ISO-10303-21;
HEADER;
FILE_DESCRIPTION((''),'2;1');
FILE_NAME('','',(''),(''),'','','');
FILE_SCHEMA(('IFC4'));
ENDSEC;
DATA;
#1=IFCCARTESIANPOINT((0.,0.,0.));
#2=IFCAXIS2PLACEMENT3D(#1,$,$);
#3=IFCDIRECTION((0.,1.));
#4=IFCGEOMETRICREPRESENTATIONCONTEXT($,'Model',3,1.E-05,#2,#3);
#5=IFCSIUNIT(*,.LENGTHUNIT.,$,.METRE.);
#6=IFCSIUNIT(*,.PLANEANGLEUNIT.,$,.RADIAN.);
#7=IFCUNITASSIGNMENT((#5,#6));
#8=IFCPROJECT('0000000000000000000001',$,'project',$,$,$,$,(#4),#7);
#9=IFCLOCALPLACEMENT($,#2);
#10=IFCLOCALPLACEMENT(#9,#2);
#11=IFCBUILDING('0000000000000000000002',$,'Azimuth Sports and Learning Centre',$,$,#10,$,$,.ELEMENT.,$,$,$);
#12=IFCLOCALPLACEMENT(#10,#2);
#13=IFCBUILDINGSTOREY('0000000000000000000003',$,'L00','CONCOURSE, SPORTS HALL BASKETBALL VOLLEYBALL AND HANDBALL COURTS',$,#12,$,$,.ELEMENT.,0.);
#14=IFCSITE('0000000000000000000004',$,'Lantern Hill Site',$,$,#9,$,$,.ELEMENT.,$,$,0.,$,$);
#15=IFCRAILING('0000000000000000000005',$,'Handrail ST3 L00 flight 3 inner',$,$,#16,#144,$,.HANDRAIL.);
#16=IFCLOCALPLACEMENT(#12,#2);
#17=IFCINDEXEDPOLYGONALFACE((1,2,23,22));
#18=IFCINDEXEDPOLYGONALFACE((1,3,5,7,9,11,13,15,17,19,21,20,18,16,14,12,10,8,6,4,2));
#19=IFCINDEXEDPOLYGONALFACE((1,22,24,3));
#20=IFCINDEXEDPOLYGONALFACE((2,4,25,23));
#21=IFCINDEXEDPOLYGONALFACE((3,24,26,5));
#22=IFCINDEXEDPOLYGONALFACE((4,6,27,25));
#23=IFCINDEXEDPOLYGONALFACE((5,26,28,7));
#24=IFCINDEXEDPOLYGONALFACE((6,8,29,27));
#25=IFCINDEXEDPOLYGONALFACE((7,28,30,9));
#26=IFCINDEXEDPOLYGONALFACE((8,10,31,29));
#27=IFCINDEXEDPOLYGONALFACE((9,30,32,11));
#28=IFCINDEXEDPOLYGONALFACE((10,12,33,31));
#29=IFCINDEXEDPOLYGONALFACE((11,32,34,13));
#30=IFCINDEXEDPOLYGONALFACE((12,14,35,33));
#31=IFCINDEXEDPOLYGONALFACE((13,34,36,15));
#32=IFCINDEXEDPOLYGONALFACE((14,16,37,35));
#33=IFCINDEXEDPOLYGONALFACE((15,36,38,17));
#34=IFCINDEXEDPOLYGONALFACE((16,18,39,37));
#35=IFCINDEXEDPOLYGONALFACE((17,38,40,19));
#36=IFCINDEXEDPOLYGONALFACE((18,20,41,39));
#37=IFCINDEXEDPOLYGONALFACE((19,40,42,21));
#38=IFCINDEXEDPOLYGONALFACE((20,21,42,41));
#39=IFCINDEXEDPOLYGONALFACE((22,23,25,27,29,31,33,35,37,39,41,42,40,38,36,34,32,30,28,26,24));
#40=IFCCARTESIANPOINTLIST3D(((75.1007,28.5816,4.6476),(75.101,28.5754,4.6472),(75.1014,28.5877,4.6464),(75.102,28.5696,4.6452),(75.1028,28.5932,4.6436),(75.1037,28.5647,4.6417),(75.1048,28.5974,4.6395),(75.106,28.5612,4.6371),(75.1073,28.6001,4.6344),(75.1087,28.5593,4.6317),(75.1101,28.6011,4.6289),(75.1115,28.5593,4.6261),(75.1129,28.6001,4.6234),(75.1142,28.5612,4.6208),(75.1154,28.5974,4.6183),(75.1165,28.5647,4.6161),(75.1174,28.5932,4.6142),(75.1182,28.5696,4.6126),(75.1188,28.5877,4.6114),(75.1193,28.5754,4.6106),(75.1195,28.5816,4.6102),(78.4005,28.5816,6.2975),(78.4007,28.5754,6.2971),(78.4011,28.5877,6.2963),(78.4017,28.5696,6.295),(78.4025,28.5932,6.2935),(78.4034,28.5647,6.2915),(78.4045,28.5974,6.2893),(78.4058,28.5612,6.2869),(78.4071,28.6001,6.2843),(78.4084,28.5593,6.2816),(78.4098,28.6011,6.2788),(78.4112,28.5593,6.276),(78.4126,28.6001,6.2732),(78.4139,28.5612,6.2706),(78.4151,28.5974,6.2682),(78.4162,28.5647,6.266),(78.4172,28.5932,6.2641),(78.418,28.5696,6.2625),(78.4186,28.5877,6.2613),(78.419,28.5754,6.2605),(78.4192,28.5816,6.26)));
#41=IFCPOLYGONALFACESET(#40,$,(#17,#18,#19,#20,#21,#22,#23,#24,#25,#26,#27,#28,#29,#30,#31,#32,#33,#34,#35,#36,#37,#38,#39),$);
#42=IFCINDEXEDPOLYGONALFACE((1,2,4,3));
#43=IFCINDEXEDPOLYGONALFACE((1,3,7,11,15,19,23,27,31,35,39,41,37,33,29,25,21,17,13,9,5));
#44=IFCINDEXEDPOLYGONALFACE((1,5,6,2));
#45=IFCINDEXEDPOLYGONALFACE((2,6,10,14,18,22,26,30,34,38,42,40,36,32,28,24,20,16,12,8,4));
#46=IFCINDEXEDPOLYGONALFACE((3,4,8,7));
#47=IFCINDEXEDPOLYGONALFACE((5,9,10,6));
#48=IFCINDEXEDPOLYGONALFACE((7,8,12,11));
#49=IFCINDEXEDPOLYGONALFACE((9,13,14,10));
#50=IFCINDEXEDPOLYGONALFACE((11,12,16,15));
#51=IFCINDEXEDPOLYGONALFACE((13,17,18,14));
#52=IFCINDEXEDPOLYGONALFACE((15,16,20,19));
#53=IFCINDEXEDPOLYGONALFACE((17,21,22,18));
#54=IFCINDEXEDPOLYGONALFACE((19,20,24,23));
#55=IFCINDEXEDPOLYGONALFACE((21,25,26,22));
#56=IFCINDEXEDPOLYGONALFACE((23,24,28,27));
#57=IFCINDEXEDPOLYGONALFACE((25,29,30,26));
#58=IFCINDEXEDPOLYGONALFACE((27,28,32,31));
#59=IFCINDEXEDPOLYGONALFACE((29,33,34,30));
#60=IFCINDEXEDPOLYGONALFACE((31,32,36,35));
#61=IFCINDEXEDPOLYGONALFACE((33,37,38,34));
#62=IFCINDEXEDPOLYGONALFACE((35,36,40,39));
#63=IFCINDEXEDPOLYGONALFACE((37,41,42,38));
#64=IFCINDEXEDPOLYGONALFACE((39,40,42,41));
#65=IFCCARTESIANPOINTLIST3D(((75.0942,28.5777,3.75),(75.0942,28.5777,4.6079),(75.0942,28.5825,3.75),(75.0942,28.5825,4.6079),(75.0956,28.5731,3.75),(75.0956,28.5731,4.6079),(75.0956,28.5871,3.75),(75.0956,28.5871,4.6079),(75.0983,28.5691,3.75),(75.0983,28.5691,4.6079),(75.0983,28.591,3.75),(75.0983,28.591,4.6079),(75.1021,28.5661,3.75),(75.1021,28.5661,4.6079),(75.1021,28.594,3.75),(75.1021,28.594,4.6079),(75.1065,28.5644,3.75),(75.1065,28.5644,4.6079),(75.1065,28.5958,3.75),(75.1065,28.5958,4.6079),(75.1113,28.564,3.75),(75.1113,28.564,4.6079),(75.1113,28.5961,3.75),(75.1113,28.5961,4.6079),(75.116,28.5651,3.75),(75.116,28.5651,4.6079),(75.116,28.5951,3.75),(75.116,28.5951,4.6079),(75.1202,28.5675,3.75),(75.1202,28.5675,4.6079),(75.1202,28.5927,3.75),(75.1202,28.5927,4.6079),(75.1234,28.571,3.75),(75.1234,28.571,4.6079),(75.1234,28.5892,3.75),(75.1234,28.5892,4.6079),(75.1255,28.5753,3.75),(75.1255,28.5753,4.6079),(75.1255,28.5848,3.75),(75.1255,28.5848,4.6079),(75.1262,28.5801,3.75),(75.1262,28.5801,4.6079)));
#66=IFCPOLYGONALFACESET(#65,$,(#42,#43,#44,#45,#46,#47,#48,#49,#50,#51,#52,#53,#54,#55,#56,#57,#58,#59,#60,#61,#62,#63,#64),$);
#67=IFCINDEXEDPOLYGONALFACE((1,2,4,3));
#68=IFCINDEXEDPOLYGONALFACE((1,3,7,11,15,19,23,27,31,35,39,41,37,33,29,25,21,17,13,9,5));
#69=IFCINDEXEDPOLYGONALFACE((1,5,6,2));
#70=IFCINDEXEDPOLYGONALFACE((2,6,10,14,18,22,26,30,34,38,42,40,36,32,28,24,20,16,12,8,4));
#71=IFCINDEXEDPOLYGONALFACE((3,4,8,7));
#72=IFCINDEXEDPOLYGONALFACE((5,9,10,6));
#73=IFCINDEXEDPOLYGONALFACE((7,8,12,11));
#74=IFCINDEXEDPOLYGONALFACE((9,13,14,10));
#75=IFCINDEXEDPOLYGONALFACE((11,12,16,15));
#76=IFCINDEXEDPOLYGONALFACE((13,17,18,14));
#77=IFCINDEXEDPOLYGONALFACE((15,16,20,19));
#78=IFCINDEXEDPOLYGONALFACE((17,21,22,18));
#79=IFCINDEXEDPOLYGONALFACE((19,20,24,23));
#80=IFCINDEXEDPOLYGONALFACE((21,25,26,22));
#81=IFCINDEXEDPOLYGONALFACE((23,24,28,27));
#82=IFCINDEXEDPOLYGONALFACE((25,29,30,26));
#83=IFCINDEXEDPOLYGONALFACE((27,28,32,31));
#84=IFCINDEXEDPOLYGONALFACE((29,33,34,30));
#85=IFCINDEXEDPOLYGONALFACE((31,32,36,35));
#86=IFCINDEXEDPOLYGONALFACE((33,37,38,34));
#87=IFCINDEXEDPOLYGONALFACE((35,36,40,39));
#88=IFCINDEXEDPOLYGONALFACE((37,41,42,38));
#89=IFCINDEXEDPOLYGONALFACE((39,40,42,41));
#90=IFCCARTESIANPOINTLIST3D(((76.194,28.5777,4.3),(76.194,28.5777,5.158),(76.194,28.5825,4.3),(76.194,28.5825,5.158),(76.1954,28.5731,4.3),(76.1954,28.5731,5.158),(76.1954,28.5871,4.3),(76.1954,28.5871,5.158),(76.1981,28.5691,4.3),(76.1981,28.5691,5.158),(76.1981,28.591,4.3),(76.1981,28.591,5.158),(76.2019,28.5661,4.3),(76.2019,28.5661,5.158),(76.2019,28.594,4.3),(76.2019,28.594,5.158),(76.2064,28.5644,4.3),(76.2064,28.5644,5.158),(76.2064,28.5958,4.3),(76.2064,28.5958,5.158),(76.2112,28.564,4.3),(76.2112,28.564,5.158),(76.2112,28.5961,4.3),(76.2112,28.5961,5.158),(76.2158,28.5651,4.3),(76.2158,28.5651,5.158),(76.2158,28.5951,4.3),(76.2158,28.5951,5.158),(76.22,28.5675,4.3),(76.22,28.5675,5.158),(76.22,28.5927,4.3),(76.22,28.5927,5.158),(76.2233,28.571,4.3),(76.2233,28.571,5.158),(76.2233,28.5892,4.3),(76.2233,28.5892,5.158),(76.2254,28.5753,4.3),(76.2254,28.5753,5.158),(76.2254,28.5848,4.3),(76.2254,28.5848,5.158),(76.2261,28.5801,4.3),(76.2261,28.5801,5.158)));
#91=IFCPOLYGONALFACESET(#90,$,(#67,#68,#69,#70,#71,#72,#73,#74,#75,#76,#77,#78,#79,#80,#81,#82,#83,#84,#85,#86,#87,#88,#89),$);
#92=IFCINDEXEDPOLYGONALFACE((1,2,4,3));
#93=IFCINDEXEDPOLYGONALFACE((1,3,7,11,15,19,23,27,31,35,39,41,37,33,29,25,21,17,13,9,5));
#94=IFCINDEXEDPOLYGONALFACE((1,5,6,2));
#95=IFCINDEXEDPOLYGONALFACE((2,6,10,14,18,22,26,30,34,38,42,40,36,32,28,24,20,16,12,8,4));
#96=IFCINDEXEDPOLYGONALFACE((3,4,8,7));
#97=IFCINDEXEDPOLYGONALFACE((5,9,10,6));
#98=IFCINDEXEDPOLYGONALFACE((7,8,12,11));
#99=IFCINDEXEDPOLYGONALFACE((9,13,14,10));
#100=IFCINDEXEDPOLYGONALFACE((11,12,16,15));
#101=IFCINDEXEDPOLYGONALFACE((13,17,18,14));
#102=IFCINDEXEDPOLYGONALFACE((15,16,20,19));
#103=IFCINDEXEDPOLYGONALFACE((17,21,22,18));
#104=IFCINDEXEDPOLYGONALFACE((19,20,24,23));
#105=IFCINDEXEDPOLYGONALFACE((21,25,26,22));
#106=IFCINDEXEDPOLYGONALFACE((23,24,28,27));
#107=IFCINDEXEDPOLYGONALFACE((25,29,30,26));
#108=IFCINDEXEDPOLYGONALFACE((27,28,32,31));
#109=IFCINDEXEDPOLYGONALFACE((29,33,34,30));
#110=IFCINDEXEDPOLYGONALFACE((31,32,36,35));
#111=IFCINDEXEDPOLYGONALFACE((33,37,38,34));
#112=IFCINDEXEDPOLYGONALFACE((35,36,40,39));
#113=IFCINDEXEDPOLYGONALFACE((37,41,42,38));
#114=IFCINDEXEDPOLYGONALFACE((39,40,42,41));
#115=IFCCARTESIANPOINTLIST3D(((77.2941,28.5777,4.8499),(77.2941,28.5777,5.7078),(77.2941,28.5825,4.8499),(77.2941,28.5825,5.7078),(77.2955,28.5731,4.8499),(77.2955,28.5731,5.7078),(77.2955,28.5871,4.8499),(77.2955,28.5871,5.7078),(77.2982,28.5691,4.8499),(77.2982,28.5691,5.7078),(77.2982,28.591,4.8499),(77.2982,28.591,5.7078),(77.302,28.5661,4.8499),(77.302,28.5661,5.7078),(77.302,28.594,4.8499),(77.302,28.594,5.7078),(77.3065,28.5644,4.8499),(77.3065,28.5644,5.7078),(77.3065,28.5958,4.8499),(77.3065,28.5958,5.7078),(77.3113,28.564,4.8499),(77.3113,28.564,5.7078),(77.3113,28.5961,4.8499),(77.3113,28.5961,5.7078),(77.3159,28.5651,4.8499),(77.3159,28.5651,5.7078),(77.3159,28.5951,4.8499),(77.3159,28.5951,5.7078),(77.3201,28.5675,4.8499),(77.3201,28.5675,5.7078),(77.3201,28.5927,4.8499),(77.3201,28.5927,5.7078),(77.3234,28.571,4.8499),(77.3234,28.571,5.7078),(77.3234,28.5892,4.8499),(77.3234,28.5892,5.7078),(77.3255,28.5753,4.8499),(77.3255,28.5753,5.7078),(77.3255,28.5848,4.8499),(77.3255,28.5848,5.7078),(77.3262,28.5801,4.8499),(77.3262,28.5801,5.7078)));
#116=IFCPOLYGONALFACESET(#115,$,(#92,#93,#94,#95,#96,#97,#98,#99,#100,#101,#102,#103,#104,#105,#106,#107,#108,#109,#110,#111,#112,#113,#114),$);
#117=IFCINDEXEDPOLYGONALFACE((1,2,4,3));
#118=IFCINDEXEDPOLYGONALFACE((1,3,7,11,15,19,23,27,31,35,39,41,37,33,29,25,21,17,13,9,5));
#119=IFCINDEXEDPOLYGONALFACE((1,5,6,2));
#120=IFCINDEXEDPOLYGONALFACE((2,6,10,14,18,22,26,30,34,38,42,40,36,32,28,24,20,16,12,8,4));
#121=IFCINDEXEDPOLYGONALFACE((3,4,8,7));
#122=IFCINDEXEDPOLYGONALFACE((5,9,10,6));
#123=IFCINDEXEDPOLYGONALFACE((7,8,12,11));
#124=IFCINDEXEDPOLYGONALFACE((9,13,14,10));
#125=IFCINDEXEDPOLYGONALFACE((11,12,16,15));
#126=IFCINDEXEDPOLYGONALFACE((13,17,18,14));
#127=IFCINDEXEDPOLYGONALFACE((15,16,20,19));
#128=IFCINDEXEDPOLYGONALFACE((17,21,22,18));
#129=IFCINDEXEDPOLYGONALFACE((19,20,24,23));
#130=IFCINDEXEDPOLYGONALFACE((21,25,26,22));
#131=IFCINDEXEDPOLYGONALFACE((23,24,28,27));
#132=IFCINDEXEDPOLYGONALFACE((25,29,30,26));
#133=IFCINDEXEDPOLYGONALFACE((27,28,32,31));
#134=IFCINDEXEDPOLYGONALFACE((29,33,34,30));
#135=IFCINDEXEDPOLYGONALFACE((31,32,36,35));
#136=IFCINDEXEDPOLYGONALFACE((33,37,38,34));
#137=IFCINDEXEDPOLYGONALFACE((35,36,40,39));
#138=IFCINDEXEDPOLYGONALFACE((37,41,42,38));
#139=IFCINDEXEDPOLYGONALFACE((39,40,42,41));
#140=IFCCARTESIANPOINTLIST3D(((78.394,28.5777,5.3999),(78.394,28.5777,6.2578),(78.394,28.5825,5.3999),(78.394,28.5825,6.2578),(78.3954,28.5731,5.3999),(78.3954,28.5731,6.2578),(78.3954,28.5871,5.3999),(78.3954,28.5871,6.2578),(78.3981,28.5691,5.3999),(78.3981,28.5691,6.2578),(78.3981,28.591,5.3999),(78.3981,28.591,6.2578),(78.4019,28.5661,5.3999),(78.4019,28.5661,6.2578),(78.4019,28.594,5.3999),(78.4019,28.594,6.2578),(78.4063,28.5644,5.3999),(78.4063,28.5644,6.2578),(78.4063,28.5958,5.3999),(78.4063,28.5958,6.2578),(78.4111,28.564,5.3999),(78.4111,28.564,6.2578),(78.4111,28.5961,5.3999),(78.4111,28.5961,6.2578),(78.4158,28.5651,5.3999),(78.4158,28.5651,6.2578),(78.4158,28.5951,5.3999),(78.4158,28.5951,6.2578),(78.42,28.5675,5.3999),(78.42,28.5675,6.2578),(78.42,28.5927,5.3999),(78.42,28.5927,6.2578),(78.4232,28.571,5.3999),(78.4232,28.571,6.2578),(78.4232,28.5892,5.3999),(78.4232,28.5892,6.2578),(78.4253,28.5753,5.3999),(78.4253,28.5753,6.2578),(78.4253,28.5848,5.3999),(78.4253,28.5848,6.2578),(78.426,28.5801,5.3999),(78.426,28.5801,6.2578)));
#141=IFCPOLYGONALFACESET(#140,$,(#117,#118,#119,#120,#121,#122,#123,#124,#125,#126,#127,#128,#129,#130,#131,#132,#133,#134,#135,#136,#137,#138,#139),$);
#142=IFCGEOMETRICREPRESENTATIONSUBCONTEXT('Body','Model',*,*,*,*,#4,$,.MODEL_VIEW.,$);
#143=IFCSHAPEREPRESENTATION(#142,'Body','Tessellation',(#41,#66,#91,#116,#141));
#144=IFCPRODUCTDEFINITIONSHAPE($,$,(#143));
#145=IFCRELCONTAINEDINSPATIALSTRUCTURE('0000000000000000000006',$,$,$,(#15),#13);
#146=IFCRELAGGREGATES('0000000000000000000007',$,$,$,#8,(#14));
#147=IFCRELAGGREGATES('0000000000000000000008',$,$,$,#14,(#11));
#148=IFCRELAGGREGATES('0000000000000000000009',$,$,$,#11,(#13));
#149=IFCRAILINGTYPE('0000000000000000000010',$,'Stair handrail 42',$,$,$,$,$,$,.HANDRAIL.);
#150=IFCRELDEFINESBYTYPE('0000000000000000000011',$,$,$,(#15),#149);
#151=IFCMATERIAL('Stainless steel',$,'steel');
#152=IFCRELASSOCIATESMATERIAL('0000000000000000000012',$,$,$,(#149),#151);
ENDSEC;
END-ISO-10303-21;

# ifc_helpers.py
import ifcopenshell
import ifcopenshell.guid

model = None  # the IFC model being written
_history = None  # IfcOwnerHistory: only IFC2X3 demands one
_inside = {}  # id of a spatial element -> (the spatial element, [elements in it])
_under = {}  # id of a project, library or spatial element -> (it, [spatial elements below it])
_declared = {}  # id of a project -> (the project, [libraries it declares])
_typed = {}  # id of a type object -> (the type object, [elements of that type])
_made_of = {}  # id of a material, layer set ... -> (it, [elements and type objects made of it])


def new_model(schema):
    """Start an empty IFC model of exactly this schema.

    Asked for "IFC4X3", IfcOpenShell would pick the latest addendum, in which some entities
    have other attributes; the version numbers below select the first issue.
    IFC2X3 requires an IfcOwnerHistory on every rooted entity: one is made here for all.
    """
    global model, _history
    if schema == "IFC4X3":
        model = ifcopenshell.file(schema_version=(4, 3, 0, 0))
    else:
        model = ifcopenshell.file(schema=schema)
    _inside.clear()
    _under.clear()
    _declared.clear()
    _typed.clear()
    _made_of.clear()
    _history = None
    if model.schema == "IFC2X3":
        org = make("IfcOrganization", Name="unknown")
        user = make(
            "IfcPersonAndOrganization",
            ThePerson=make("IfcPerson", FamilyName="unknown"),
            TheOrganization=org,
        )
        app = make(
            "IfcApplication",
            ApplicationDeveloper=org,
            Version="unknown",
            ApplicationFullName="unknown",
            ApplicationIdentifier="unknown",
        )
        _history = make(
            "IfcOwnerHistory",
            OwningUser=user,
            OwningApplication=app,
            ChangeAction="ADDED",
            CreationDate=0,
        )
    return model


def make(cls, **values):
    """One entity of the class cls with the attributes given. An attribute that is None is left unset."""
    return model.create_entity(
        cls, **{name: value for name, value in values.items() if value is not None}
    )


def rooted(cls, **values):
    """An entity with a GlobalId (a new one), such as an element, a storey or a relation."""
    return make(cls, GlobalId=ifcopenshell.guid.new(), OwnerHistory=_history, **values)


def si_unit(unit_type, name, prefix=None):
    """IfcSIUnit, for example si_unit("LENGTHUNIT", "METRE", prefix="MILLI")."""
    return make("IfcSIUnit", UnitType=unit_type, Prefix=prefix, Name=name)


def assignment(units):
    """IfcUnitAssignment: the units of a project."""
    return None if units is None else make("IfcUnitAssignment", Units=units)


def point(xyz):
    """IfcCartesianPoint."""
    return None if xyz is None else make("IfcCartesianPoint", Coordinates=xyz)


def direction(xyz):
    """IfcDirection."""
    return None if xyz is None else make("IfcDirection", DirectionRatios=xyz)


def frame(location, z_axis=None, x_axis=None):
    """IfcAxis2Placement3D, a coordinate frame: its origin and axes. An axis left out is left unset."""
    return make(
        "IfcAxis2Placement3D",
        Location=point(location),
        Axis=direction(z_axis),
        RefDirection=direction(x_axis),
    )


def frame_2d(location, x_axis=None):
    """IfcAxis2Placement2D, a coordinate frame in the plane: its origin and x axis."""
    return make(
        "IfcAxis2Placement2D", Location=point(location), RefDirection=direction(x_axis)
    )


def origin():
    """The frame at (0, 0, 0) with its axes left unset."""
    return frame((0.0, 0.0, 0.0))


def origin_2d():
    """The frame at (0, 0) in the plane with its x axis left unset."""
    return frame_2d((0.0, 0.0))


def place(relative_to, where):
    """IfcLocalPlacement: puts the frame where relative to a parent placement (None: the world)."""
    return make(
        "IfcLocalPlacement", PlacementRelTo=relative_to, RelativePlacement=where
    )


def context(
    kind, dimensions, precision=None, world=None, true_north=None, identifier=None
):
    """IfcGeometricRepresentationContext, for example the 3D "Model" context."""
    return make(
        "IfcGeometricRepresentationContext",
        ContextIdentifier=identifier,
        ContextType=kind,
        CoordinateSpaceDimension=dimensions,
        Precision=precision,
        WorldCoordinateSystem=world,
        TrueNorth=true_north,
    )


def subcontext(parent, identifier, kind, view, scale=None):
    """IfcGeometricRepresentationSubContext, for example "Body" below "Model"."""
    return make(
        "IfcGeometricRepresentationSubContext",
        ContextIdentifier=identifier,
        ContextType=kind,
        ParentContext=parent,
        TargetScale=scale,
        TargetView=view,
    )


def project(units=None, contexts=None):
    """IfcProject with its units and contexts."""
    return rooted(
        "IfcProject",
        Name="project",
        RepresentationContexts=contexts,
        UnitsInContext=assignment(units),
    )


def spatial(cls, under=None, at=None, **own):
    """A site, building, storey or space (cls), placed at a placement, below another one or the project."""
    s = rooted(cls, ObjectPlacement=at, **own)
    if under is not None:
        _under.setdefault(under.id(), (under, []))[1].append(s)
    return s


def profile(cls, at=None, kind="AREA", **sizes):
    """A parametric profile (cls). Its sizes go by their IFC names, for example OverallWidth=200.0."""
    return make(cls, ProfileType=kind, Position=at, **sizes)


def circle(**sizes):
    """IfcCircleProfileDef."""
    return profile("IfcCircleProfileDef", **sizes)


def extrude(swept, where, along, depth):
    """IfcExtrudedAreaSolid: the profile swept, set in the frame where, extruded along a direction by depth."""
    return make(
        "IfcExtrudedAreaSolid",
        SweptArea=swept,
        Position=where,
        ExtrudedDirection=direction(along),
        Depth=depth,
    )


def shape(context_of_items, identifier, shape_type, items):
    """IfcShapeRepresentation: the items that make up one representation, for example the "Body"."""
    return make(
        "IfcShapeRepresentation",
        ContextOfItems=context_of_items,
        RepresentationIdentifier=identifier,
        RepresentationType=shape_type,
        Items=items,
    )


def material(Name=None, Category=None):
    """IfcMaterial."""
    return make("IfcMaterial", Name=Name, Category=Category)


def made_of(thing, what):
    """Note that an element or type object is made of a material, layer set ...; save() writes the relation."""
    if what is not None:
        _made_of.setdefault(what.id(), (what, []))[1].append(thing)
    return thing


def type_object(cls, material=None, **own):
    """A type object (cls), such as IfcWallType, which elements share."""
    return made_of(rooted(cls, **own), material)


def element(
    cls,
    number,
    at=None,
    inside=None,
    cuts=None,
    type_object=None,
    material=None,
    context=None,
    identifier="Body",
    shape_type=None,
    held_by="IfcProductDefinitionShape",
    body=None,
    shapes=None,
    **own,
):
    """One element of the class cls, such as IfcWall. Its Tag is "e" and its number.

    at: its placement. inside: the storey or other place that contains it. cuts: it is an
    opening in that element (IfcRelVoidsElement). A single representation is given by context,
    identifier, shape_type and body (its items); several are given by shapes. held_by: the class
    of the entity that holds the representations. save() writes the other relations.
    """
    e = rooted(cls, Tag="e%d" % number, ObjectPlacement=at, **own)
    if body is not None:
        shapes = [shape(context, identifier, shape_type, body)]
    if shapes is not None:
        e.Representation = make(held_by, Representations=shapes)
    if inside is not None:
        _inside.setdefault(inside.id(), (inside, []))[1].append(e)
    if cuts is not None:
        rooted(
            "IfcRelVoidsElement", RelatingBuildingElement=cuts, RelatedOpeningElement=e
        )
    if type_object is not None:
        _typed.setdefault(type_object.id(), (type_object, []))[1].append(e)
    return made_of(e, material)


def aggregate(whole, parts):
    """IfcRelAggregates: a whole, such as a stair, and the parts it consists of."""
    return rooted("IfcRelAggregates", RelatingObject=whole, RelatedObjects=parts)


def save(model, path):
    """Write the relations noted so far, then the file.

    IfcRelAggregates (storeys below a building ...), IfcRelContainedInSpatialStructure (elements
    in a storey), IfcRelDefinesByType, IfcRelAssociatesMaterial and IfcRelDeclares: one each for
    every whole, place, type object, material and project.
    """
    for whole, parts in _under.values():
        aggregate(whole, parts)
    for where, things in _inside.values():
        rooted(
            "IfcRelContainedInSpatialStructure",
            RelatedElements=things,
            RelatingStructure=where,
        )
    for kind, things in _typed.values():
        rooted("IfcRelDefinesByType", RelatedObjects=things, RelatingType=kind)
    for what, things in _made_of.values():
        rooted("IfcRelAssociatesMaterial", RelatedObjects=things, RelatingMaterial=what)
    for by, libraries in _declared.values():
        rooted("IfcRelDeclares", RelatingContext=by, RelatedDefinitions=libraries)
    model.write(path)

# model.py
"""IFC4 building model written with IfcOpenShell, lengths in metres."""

from ifc_helpers import new_model, si_unit, direction, frame, origin, origin_2d, place, context, subcontext, project, spatial, circle, extrude, material, type_object, element, save


model = new_model("IFC4")

# Units and contexts
model_context = context("Model", 3, precision=1e-05, world=origin(), true_north=direction((0.0, 1.0)))
body_context = subcontext(model_context, "Body", "Model", "MODEL_VIEW")
ifc_project = project(units=[si_unit("LENGTHUNIT", "METRE"), si_unit("PLANEANGLEUNIT", "RADIAN")], contexts=[model_context])

# Site, building, storey
site_placement = place(None, origin())
site = spatial("IfcSite", under=ifc_project, at=site_placement, Name="Lantern Hill Site", CompositionType="ELEMENT", RefElevation=0.0)
building_placement = place(site_placement, origin())
building = spatial("IfcBuilding", under=site, at=building_placement, Name="Azimuth Sports and Learning Centre", CompositionType="ELEMENT")
storey_placement = place(building_placement, origin())
storey = spatial("IfcBuildingStorey", under=building, at=storey_placement, Name="L00", Description="CONCOURSE, SPORTS HALL BASKETBALL VOLLEYBALL AND HANDBALL COURTS", CompositionType="ELEMENT", Elevation=0.0)

# Railing
ifc_material_1 = material(Name="Stainless steel", Category="steel")
railing_type = type_object("IfcRailingType", Name="Stair handrail 42", PredefinedType="HANDRAIL", material=ifc_material_1)
for number, where, name in (
    (1, (75.1101, 28.5801, 3.75), "Handrail ST3 L00 flight 3 inner"),
):
    element("IfcRailing", number, at=place(storey_placement, frame(where)), inside=storey, type_object=railing_type, Name=name, PredefinedType="HANDRAIL", context=body_context, shape_type="SweptSolid", body=[
        extrude(circle(Radius=0.021, at=origin_2d()), frame((0.0, 0.0, 0.8789), z_axis=(0.894427, 0.0, 0.447214), x_axis=(0.0, 1.0, 0.0)), (0.0, 0.0, 1.0), 3.6892),
        extrude(circle(Radius=0.0161, at=origin_2d()), origin(), (0.0, 0.0, 1.0), 0.8579),
        extrude(circle(Radius=0.0161, at=origin_2d()), frame((1.0999, 0.0, 0.55)), (0.0, 0.0, 1.0), 0.8579),
        extrude(circle(Radius=0.0161, at=origin_2d()), frame((2.2, 0.0, 1.0999)), (0.0, 0.0, 1.0), 0.8579),
        extrude(circle(Radius=0.0161, at=origin_2d()), frame((3.2998, 0.0, 1.6499)), (0.0, 0.0, 1.0), 0.8579),
    ])

save(model, "model.ifc")
